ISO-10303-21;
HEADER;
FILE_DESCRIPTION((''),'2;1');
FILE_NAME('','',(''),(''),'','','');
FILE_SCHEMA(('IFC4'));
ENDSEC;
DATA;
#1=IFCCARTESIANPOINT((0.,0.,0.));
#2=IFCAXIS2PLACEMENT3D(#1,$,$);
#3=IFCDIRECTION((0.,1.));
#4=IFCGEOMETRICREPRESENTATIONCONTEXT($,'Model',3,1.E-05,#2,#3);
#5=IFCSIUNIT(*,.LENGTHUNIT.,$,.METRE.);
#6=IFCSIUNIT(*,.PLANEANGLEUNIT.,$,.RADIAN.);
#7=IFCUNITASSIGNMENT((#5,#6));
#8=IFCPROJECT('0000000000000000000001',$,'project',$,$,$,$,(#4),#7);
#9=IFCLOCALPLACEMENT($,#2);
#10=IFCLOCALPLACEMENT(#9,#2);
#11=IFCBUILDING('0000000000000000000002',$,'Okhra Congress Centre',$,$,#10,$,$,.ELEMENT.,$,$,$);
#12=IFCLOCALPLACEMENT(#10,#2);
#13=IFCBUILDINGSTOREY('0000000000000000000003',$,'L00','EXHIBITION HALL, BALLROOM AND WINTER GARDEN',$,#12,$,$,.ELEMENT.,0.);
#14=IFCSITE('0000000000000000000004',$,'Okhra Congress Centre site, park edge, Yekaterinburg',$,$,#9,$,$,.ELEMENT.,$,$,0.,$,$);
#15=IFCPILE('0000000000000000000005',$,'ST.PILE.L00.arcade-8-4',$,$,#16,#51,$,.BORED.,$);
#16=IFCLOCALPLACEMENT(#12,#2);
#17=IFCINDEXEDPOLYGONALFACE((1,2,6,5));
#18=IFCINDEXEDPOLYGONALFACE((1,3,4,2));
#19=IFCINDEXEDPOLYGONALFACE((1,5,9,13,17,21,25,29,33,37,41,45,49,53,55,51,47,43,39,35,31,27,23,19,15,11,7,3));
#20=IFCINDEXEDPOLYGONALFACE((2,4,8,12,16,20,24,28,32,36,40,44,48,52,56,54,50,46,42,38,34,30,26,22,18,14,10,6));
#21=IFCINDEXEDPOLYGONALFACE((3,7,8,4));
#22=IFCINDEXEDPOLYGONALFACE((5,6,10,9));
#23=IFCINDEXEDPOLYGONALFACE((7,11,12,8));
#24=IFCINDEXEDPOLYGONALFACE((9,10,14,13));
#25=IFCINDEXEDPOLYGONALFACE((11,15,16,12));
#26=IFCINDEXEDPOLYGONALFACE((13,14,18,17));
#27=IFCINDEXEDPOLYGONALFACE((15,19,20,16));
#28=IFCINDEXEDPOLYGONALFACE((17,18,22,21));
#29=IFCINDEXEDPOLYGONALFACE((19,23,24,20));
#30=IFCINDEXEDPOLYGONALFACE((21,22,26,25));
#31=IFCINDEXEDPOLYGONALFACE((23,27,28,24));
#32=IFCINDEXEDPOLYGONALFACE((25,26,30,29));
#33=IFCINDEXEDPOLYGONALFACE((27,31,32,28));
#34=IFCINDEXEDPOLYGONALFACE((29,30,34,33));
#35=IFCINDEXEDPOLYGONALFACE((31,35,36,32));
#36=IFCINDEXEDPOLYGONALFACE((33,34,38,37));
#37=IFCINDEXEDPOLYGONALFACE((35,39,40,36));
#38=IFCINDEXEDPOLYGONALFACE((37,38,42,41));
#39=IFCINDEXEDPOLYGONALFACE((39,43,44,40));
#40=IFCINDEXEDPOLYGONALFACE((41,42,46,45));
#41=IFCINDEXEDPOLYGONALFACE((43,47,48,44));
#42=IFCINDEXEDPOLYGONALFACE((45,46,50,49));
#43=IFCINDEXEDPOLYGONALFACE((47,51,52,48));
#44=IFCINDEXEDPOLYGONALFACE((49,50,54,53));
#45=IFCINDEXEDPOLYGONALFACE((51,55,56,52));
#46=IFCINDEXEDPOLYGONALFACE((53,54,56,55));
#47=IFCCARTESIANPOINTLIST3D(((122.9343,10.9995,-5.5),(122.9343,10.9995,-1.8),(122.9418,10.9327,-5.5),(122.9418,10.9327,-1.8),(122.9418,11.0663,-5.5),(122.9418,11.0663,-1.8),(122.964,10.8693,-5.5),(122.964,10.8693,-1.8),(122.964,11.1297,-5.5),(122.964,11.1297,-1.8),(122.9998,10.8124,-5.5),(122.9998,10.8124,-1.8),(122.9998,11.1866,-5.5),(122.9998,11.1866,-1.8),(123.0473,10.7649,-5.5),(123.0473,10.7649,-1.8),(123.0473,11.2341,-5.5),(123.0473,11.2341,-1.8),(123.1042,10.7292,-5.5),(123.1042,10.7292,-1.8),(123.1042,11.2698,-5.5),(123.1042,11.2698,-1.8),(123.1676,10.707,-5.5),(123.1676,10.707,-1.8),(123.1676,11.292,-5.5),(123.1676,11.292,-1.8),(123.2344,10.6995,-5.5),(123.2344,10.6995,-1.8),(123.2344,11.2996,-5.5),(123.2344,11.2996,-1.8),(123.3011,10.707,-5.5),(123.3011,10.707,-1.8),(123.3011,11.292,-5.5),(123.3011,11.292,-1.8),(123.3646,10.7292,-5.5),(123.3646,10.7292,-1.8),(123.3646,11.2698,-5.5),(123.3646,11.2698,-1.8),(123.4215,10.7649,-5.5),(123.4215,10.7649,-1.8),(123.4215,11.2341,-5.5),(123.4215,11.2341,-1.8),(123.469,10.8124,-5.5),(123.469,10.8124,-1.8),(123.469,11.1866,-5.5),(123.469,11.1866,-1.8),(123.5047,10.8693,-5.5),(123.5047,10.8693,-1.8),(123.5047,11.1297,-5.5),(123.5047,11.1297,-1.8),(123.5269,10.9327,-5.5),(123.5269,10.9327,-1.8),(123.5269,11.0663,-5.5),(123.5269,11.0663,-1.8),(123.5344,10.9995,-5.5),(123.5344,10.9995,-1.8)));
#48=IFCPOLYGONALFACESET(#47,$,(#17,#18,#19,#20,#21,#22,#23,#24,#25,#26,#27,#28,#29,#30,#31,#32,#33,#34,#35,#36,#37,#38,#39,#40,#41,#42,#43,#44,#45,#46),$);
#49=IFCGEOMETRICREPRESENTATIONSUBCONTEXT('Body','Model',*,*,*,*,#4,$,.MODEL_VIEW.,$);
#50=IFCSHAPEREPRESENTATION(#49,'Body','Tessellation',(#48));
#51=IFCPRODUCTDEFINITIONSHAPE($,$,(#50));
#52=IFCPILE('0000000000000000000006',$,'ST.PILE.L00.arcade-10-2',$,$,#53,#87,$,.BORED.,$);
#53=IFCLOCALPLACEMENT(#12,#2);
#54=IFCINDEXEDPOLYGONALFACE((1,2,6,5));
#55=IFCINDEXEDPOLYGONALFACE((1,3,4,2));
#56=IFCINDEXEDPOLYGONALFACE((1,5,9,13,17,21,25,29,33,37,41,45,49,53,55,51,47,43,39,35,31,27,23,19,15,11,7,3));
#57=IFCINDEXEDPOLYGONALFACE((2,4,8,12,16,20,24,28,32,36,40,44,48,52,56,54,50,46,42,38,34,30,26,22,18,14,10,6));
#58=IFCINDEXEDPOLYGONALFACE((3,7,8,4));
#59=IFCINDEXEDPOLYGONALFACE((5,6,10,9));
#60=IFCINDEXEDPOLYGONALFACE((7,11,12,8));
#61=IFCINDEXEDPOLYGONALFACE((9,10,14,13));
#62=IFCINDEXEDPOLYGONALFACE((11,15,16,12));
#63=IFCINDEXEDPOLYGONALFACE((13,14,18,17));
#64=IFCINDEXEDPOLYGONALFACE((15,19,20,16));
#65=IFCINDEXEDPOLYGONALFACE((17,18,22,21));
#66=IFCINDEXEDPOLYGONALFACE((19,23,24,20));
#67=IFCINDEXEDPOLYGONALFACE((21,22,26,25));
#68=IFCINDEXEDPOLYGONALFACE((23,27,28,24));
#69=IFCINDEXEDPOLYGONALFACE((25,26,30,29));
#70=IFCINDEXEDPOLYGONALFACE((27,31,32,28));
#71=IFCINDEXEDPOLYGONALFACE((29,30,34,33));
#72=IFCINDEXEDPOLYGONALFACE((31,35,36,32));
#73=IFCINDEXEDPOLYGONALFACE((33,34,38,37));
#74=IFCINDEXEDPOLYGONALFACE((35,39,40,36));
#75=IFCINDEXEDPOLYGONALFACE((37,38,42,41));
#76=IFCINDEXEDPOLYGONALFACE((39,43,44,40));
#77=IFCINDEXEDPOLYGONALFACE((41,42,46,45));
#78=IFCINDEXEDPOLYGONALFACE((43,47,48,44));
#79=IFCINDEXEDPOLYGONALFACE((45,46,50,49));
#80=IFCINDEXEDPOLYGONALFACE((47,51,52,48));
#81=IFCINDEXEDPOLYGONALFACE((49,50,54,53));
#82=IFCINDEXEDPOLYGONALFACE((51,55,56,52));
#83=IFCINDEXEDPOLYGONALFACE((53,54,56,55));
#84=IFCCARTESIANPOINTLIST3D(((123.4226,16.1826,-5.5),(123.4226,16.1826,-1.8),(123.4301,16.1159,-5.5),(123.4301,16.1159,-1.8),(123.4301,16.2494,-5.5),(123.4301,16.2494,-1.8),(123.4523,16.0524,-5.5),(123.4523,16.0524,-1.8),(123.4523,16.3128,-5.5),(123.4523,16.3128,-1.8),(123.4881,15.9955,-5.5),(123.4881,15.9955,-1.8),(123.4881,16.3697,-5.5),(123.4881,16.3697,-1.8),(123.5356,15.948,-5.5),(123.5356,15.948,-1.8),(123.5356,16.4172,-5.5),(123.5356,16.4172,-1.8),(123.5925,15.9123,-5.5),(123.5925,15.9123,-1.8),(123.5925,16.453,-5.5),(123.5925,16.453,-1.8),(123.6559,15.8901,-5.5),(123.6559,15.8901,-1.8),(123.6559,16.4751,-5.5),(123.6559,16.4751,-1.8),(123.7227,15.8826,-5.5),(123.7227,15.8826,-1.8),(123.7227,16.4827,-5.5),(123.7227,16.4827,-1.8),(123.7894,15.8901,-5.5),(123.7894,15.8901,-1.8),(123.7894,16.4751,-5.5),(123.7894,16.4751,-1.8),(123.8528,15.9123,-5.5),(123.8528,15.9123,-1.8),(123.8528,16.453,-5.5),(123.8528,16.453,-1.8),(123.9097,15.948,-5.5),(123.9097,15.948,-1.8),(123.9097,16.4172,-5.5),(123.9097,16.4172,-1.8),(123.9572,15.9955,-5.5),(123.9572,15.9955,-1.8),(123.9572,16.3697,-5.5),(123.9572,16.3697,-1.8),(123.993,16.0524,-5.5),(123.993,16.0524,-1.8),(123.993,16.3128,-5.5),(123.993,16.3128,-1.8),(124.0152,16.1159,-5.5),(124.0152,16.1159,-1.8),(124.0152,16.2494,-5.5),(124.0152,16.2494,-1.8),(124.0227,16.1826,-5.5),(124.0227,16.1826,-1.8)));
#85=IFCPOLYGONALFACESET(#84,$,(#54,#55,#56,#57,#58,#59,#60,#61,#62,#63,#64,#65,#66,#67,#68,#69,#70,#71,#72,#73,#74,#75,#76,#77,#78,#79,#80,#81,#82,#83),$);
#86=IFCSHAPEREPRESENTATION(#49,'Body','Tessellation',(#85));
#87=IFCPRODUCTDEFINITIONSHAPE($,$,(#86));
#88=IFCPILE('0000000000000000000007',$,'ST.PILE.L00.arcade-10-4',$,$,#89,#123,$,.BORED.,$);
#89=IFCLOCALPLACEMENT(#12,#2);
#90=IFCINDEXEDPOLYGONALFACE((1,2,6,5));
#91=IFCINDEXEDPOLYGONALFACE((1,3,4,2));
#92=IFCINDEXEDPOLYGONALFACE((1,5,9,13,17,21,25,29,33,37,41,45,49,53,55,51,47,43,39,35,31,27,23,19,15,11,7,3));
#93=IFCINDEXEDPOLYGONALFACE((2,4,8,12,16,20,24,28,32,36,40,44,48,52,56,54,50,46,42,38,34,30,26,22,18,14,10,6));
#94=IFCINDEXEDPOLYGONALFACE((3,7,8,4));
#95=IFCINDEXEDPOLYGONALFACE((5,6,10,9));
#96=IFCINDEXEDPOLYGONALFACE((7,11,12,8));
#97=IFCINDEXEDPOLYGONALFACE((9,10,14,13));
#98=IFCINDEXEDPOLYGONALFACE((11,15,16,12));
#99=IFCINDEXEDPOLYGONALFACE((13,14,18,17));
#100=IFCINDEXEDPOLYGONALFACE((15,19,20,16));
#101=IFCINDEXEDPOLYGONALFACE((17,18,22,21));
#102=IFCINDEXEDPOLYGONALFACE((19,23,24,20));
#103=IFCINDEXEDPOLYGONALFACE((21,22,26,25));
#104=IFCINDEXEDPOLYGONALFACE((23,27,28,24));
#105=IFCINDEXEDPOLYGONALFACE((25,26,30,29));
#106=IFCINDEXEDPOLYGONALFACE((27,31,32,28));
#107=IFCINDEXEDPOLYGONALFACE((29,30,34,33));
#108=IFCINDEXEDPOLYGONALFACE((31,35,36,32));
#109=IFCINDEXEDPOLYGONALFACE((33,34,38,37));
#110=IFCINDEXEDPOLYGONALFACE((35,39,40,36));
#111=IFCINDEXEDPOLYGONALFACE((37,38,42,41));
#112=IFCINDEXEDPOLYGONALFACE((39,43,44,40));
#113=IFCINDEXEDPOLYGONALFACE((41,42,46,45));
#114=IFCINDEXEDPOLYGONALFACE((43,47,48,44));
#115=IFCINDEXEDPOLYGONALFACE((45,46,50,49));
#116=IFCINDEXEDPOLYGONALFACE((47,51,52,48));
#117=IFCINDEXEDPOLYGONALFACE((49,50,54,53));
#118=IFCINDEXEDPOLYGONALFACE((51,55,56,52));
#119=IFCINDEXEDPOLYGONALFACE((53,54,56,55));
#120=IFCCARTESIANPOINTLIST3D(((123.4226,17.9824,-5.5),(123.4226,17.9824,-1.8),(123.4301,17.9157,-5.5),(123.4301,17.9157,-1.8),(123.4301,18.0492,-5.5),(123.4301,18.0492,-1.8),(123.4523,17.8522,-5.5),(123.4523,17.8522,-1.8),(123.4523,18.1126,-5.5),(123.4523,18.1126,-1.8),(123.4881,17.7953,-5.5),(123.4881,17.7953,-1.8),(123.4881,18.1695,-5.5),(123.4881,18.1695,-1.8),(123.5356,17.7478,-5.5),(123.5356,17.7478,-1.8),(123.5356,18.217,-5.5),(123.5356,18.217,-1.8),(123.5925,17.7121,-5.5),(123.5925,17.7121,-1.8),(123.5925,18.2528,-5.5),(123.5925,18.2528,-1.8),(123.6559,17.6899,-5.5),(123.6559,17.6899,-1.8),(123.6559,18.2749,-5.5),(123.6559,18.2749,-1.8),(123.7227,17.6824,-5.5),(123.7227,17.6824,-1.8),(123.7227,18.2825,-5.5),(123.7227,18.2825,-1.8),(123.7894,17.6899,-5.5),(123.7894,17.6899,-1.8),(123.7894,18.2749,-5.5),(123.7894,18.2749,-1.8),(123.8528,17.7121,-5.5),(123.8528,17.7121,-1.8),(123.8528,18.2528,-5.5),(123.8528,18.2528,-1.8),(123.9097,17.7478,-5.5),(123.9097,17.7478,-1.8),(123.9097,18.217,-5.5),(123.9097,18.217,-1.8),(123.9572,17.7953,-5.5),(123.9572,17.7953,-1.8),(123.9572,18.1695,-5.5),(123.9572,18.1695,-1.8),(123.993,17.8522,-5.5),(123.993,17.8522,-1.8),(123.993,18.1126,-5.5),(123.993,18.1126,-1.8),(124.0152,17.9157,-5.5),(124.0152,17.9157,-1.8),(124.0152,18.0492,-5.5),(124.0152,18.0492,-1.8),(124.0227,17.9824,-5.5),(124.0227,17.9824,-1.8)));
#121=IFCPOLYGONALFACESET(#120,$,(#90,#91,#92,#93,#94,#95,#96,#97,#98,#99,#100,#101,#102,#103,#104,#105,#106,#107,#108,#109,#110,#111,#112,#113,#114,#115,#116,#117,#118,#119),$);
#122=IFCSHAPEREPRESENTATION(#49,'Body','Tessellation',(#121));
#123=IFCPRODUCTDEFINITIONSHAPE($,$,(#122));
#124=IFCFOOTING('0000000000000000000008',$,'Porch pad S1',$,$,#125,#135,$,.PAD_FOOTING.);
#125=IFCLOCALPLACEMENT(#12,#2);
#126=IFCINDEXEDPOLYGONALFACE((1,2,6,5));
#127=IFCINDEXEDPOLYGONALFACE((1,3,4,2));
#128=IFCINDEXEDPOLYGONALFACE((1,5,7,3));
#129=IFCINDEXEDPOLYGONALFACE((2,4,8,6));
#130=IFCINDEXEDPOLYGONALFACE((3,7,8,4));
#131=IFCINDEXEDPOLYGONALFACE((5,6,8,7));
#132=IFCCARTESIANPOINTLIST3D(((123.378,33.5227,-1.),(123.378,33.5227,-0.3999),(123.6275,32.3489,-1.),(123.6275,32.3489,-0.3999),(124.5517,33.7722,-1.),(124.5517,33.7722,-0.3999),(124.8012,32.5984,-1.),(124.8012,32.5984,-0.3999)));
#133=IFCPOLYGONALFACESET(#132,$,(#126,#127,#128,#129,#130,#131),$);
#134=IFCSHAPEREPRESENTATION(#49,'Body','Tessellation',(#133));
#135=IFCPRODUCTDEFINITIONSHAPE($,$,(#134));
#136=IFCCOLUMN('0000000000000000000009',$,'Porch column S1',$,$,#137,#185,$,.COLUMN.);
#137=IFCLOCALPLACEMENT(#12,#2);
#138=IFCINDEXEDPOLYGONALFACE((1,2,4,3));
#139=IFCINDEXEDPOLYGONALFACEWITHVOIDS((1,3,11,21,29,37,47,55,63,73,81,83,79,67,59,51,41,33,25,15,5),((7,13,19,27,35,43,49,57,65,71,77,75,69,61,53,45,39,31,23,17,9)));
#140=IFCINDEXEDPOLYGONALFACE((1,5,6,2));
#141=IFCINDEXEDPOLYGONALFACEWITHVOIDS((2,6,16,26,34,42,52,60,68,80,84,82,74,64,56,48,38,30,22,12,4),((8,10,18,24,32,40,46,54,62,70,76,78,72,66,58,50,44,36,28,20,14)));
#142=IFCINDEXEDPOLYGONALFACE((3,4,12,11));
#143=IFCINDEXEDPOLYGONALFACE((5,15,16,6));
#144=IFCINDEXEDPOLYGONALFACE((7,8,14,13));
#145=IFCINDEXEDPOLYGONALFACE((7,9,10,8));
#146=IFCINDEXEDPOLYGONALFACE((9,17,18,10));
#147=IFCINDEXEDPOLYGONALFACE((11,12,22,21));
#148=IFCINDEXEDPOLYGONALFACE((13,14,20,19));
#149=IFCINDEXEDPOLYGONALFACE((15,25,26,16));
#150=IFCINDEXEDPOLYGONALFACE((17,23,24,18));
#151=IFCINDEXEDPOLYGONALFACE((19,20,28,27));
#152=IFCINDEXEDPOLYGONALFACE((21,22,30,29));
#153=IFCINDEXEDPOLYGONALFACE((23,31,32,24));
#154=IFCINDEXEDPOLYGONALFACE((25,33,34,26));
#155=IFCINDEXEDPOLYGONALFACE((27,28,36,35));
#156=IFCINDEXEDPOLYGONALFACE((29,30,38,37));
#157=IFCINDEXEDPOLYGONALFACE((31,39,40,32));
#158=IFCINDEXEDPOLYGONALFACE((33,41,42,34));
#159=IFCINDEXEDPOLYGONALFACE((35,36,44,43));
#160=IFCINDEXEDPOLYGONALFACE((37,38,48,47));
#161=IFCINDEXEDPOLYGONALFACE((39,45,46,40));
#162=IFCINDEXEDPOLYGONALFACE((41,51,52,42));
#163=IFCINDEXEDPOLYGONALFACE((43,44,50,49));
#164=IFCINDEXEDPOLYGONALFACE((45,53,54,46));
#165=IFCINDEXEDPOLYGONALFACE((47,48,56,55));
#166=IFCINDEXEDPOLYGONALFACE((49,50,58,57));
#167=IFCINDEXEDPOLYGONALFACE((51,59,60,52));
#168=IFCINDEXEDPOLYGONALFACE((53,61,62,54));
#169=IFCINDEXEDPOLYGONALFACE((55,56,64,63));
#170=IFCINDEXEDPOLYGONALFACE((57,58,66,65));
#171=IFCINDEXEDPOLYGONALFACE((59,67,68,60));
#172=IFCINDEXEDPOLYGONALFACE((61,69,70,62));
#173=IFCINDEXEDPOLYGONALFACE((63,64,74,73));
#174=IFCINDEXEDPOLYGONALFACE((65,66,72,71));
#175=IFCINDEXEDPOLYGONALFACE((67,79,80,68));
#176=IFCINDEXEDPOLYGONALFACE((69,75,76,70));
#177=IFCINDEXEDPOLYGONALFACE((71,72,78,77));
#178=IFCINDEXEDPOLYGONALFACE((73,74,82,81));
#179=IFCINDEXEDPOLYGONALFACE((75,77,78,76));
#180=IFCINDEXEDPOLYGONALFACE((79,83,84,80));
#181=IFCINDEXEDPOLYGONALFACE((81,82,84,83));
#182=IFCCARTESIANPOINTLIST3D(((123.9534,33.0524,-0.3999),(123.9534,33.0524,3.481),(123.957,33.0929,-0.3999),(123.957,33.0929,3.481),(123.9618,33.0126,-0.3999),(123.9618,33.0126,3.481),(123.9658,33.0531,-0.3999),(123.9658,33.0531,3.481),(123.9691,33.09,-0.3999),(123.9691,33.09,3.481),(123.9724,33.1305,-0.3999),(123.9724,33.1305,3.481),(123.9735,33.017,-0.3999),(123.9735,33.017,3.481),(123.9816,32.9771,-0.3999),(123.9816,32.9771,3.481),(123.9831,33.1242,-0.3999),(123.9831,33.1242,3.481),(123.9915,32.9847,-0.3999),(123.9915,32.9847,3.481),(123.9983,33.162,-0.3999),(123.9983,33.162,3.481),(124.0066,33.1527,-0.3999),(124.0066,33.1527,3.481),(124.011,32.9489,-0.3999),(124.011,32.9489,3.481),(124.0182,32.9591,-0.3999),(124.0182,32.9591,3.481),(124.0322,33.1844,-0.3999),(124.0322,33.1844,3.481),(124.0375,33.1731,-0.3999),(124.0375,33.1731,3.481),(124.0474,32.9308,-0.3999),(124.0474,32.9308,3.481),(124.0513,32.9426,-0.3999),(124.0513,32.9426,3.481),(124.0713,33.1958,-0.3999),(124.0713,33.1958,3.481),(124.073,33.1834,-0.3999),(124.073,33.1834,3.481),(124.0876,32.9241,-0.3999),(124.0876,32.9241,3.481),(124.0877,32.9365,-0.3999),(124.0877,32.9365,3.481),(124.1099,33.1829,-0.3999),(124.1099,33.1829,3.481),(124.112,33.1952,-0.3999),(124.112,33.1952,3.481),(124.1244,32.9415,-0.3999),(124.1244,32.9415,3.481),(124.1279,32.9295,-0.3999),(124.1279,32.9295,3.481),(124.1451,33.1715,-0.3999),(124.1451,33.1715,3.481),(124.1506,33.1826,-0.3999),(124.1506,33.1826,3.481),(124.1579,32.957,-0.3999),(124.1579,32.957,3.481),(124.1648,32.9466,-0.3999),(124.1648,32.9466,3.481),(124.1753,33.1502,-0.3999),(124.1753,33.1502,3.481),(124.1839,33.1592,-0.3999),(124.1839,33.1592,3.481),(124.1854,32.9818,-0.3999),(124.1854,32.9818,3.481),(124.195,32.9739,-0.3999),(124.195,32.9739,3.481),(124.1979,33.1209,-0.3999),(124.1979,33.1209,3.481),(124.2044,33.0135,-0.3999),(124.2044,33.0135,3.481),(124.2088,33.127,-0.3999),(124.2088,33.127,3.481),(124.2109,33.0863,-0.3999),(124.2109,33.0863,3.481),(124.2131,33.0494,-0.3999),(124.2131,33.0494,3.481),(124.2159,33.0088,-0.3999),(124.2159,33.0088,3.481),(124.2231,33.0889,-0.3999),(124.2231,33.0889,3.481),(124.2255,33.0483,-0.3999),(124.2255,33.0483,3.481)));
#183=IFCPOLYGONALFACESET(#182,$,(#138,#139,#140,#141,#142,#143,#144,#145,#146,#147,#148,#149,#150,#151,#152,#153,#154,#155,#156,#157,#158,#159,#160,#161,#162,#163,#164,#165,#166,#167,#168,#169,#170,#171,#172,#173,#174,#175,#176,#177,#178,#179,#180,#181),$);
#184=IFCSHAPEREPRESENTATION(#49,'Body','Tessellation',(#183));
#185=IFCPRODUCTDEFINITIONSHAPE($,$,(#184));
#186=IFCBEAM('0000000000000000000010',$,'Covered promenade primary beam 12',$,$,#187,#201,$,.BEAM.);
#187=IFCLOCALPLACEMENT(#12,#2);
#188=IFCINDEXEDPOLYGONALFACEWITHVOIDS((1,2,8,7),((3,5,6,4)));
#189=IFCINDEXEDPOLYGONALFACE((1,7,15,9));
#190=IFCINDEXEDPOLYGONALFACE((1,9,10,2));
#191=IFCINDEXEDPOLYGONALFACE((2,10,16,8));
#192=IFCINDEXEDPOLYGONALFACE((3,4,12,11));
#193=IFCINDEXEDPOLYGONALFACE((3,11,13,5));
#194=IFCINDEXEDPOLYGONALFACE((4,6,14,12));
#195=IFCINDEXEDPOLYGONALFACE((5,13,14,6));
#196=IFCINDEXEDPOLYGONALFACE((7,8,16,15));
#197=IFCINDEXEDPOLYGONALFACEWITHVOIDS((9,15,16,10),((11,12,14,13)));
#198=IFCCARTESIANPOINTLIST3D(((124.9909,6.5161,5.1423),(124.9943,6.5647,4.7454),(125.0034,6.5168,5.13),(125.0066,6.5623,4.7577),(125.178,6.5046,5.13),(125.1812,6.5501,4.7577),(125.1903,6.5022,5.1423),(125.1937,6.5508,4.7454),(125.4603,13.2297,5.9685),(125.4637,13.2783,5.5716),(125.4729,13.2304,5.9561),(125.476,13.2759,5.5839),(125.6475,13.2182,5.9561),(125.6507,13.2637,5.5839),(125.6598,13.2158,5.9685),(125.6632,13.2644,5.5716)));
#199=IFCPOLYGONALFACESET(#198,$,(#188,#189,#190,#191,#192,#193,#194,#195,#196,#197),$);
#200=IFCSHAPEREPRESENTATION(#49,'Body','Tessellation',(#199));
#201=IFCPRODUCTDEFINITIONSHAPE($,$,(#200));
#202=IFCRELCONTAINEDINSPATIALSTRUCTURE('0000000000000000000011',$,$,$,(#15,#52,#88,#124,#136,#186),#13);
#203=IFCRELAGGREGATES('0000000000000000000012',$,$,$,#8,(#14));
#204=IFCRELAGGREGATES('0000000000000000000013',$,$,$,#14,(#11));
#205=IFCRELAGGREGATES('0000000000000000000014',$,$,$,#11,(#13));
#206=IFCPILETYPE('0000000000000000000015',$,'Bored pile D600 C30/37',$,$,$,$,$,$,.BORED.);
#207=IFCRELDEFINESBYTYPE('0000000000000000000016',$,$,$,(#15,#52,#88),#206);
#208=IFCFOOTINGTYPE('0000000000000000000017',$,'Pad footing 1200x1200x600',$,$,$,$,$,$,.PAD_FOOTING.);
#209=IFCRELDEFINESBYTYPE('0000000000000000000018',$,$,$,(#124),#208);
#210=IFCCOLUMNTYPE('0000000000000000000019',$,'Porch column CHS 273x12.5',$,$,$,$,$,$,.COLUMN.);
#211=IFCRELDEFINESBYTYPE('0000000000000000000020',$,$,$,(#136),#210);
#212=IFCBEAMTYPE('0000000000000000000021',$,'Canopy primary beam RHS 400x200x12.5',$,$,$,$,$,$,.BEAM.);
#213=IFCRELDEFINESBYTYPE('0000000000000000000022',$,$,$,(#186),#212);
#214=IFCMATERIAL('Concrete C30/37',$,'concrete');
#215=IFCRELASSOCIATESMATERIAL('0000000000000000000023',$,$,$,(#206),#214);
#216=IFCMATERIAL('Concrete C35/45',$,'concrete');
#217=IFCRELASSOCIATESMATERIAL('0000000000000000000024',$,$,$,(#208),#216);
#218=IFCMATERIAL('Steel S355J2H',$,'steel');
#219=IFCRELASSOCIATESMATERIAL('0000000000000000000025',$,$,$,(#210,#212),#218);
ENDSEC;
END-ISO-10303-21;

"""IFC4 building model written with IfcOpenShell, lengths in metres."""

from ifc_helpers import new_model, si_unit, direction, frame, origin, origin_2d, place, context, subcontext, project, spatial, rectangle, hollow_rectangle, circle, hollow_circle, extrude, material, material_profile, profile_set, type_object, element, save


model = new_model("IFC4")

# Units and contexts
model_context = context("Model", 3, precision=1e-05, world=origin(), true_north=direction((0.0, 1.0)))
body_context = subcontext(model_context, "Body", "Model", "MODEL_VIEW")
ifc_project = project(units=[si_unit("LENGTHUNIT", "METRE"), si_unit("PLANEANGLEUNIT", "RADIAN")], contexts=[model_context])

# Site, building, storey
site_placement = place(None, origin())
site = spatial("IfcSite", under=ifc_project, at=site_placement, Name="Okhra Congress Centre site, park edge, Yekaterinburg", CompositionType="ELEMENT", RefElevation=0.0)
building_placement = place(site_placement, origin())
building = spatial("IfcBuilding", under=site, at=building_placement, Name="Okhra Congress Centre", CompositionType="ELEMENT")
storey_placement = place(building_placement, origin())
storey = spatial("IfcBuildingStorey", under=building, at=storey_placement, Name="L00", Description="EXHIBITION HALL, BALLROOM AND WINTER GARDEN", CompositionType="ELEMENT", Elevation=0.0)

# Piles
ifc_material_1 = material(Name="Concrete C30/37", Category="concrete")
ifc_material_profile_1 = material_profile(ifc_material_1, circle(Radius=0.3, at=origin_2d()), Name="D600")
ifc_profile_set_1 = profile_set([ifc_material_profile_1], Name="Concrete C30/37")
pile_type = type_object("IfcPileType", Name="Bored pile D600 C30/37", PredefinedType="BORED", material=ifc_profile_set_1)
for number, where, z_axis, x_axis, name in (
    (1, (123.2344, 10.9995, -1.8), (0.0, 0.0, -1.0), (1.0, 0.0, 0.0), "ST.PILE.L00.arcade-8-4"),
    (2, (123.7227, 16.1826, -1.8), (0.0, 0.0, -1.0), (1.0, 0.0, 0.0), "ST.PILE.L00.arcade-10-2"),
    (3, (123.7227, 17.9824, -1.8), (0.0, 0.0, -1.0), (1.0, 0.0, 0.0), "ST.PILE.L00.arcade-10-4"),
):
    element("IfcPile", number, at=place(storey_placement, frame(where, z_axis=z_axis, x_axis=x_axis)), inside=storey, type_object=pile_type, Name=name, PredefinedType="BORED", context=body_context, shape_type="SweptSolid", body=[
        extrude(circle(Radius=0.3, at=origin_2d()), origin(), (0.0, 0.0, 1.0), 3.7),
    ])

# Footing
ifc_material_2 = material(Name="Concrete C35/45", Category="concrete")
footing_type = type_object("IfcFootingType", Name="Pad footing 1200x1200x600", PredefinedType="PAD_FOOTING", material=ifc_material_2)
footing_placement = place(storey_placement, frame((124.0896, 33.0605, -1.0), z_axis=(0.0, 0.0, 1.0), x_axis=(0.978148, 0.207912, 0.0)))
element("IfcFooting", 4, at=footing_placement, inside=storey, type_object=footing_type, Name="Porch pad S1", PredefinedType="PAD_FOOTING", context=body_context, shape_type="SweptSolid", body=[
    extrude(rectangle(XDim=1.2, YDim=1.2, at=origin_2d()), origin(), (0.0, 0.0, 1.0), 0.6001),
])

# Column
ifc_material_3 = material(Name="Steel S355J2H", Category="steel")
ifc_material_profile_2 = material_profile(ifc_material_3, hollow_circle(Radius=0.1365, WallThickness=0.0125, at=origin_2d()), Name="CHS 273x12.5")
ifc_profile_set_2 = profile_set([ifc_material_profile_2], Name="Steel S355J2H")
column_type = type_object("IfcColumnType", Name="Porch column CHS 273x12.5", PredefinedType="COLUMN", material=ifc_profile_set_2)
column_placement = place(storey_placement, frame((124.0896, 33.0605, -0.3999), z_axis=(0.0, 0.0, 1.0), x_axis=(0.978148, 0.207912, 0.0)))
element("IfcColumn", 5, at=column_placement, inside=storey, type_object=column_type, Name="Porch column S1", PredefinedType="COLUMN", context=body_context, shape_type="SweptSolid", body=[
    extrude(hollow_circle(Radius=0.1365, WallThickness=0.0125, at=origin_2d()), origin(), (0.0, 0.0, 1.0), 3.8809),
])

# Beam
ifc_material_profile_3 = material_profile(ifc_material_3, hollow_rectangle(XDim=0.2, YDim=0.3999, WallThickness=0.0125, at=origin_2d()), Name="RHS 400x200x12.5")
ifc_profile_set_3 = profile_set([ifc_material_profile_3], Name="Steel S355J2H")
beam_type_1 = type_object("IfcBeamType", Name="Canopy primary beam RHS 400x200x12.5", PredefinedType="BEAM", material=ifc_profile_set_3)
for number, where, z_axis, x_axis, name in (
    (6, (125.0923, 6.5334, 4.9438), (0.06924, 0.990131, 0.121845), (-0.997564, 0.069759, 0.0), "Covered promenade primary beam 12"),
):
    element("IfcBeam", number, at=place(storey_placement, frame(where, z_axis=z_axis, x_axis=x_axis)), inside=storey, type_object=beam_type_1, Name=name, PredefinedType="BEAM", context=body_context, shape_type="SweptSolid", body=[
        extrude(hollow_rectangle(XDim=0.2, YDim=0.3999, WallThickness=0.0125, at=origin_2d()), origin(), (0.0, 0.0, 1.0), 6.7805),
    ])

save(model, "model.ifc")
